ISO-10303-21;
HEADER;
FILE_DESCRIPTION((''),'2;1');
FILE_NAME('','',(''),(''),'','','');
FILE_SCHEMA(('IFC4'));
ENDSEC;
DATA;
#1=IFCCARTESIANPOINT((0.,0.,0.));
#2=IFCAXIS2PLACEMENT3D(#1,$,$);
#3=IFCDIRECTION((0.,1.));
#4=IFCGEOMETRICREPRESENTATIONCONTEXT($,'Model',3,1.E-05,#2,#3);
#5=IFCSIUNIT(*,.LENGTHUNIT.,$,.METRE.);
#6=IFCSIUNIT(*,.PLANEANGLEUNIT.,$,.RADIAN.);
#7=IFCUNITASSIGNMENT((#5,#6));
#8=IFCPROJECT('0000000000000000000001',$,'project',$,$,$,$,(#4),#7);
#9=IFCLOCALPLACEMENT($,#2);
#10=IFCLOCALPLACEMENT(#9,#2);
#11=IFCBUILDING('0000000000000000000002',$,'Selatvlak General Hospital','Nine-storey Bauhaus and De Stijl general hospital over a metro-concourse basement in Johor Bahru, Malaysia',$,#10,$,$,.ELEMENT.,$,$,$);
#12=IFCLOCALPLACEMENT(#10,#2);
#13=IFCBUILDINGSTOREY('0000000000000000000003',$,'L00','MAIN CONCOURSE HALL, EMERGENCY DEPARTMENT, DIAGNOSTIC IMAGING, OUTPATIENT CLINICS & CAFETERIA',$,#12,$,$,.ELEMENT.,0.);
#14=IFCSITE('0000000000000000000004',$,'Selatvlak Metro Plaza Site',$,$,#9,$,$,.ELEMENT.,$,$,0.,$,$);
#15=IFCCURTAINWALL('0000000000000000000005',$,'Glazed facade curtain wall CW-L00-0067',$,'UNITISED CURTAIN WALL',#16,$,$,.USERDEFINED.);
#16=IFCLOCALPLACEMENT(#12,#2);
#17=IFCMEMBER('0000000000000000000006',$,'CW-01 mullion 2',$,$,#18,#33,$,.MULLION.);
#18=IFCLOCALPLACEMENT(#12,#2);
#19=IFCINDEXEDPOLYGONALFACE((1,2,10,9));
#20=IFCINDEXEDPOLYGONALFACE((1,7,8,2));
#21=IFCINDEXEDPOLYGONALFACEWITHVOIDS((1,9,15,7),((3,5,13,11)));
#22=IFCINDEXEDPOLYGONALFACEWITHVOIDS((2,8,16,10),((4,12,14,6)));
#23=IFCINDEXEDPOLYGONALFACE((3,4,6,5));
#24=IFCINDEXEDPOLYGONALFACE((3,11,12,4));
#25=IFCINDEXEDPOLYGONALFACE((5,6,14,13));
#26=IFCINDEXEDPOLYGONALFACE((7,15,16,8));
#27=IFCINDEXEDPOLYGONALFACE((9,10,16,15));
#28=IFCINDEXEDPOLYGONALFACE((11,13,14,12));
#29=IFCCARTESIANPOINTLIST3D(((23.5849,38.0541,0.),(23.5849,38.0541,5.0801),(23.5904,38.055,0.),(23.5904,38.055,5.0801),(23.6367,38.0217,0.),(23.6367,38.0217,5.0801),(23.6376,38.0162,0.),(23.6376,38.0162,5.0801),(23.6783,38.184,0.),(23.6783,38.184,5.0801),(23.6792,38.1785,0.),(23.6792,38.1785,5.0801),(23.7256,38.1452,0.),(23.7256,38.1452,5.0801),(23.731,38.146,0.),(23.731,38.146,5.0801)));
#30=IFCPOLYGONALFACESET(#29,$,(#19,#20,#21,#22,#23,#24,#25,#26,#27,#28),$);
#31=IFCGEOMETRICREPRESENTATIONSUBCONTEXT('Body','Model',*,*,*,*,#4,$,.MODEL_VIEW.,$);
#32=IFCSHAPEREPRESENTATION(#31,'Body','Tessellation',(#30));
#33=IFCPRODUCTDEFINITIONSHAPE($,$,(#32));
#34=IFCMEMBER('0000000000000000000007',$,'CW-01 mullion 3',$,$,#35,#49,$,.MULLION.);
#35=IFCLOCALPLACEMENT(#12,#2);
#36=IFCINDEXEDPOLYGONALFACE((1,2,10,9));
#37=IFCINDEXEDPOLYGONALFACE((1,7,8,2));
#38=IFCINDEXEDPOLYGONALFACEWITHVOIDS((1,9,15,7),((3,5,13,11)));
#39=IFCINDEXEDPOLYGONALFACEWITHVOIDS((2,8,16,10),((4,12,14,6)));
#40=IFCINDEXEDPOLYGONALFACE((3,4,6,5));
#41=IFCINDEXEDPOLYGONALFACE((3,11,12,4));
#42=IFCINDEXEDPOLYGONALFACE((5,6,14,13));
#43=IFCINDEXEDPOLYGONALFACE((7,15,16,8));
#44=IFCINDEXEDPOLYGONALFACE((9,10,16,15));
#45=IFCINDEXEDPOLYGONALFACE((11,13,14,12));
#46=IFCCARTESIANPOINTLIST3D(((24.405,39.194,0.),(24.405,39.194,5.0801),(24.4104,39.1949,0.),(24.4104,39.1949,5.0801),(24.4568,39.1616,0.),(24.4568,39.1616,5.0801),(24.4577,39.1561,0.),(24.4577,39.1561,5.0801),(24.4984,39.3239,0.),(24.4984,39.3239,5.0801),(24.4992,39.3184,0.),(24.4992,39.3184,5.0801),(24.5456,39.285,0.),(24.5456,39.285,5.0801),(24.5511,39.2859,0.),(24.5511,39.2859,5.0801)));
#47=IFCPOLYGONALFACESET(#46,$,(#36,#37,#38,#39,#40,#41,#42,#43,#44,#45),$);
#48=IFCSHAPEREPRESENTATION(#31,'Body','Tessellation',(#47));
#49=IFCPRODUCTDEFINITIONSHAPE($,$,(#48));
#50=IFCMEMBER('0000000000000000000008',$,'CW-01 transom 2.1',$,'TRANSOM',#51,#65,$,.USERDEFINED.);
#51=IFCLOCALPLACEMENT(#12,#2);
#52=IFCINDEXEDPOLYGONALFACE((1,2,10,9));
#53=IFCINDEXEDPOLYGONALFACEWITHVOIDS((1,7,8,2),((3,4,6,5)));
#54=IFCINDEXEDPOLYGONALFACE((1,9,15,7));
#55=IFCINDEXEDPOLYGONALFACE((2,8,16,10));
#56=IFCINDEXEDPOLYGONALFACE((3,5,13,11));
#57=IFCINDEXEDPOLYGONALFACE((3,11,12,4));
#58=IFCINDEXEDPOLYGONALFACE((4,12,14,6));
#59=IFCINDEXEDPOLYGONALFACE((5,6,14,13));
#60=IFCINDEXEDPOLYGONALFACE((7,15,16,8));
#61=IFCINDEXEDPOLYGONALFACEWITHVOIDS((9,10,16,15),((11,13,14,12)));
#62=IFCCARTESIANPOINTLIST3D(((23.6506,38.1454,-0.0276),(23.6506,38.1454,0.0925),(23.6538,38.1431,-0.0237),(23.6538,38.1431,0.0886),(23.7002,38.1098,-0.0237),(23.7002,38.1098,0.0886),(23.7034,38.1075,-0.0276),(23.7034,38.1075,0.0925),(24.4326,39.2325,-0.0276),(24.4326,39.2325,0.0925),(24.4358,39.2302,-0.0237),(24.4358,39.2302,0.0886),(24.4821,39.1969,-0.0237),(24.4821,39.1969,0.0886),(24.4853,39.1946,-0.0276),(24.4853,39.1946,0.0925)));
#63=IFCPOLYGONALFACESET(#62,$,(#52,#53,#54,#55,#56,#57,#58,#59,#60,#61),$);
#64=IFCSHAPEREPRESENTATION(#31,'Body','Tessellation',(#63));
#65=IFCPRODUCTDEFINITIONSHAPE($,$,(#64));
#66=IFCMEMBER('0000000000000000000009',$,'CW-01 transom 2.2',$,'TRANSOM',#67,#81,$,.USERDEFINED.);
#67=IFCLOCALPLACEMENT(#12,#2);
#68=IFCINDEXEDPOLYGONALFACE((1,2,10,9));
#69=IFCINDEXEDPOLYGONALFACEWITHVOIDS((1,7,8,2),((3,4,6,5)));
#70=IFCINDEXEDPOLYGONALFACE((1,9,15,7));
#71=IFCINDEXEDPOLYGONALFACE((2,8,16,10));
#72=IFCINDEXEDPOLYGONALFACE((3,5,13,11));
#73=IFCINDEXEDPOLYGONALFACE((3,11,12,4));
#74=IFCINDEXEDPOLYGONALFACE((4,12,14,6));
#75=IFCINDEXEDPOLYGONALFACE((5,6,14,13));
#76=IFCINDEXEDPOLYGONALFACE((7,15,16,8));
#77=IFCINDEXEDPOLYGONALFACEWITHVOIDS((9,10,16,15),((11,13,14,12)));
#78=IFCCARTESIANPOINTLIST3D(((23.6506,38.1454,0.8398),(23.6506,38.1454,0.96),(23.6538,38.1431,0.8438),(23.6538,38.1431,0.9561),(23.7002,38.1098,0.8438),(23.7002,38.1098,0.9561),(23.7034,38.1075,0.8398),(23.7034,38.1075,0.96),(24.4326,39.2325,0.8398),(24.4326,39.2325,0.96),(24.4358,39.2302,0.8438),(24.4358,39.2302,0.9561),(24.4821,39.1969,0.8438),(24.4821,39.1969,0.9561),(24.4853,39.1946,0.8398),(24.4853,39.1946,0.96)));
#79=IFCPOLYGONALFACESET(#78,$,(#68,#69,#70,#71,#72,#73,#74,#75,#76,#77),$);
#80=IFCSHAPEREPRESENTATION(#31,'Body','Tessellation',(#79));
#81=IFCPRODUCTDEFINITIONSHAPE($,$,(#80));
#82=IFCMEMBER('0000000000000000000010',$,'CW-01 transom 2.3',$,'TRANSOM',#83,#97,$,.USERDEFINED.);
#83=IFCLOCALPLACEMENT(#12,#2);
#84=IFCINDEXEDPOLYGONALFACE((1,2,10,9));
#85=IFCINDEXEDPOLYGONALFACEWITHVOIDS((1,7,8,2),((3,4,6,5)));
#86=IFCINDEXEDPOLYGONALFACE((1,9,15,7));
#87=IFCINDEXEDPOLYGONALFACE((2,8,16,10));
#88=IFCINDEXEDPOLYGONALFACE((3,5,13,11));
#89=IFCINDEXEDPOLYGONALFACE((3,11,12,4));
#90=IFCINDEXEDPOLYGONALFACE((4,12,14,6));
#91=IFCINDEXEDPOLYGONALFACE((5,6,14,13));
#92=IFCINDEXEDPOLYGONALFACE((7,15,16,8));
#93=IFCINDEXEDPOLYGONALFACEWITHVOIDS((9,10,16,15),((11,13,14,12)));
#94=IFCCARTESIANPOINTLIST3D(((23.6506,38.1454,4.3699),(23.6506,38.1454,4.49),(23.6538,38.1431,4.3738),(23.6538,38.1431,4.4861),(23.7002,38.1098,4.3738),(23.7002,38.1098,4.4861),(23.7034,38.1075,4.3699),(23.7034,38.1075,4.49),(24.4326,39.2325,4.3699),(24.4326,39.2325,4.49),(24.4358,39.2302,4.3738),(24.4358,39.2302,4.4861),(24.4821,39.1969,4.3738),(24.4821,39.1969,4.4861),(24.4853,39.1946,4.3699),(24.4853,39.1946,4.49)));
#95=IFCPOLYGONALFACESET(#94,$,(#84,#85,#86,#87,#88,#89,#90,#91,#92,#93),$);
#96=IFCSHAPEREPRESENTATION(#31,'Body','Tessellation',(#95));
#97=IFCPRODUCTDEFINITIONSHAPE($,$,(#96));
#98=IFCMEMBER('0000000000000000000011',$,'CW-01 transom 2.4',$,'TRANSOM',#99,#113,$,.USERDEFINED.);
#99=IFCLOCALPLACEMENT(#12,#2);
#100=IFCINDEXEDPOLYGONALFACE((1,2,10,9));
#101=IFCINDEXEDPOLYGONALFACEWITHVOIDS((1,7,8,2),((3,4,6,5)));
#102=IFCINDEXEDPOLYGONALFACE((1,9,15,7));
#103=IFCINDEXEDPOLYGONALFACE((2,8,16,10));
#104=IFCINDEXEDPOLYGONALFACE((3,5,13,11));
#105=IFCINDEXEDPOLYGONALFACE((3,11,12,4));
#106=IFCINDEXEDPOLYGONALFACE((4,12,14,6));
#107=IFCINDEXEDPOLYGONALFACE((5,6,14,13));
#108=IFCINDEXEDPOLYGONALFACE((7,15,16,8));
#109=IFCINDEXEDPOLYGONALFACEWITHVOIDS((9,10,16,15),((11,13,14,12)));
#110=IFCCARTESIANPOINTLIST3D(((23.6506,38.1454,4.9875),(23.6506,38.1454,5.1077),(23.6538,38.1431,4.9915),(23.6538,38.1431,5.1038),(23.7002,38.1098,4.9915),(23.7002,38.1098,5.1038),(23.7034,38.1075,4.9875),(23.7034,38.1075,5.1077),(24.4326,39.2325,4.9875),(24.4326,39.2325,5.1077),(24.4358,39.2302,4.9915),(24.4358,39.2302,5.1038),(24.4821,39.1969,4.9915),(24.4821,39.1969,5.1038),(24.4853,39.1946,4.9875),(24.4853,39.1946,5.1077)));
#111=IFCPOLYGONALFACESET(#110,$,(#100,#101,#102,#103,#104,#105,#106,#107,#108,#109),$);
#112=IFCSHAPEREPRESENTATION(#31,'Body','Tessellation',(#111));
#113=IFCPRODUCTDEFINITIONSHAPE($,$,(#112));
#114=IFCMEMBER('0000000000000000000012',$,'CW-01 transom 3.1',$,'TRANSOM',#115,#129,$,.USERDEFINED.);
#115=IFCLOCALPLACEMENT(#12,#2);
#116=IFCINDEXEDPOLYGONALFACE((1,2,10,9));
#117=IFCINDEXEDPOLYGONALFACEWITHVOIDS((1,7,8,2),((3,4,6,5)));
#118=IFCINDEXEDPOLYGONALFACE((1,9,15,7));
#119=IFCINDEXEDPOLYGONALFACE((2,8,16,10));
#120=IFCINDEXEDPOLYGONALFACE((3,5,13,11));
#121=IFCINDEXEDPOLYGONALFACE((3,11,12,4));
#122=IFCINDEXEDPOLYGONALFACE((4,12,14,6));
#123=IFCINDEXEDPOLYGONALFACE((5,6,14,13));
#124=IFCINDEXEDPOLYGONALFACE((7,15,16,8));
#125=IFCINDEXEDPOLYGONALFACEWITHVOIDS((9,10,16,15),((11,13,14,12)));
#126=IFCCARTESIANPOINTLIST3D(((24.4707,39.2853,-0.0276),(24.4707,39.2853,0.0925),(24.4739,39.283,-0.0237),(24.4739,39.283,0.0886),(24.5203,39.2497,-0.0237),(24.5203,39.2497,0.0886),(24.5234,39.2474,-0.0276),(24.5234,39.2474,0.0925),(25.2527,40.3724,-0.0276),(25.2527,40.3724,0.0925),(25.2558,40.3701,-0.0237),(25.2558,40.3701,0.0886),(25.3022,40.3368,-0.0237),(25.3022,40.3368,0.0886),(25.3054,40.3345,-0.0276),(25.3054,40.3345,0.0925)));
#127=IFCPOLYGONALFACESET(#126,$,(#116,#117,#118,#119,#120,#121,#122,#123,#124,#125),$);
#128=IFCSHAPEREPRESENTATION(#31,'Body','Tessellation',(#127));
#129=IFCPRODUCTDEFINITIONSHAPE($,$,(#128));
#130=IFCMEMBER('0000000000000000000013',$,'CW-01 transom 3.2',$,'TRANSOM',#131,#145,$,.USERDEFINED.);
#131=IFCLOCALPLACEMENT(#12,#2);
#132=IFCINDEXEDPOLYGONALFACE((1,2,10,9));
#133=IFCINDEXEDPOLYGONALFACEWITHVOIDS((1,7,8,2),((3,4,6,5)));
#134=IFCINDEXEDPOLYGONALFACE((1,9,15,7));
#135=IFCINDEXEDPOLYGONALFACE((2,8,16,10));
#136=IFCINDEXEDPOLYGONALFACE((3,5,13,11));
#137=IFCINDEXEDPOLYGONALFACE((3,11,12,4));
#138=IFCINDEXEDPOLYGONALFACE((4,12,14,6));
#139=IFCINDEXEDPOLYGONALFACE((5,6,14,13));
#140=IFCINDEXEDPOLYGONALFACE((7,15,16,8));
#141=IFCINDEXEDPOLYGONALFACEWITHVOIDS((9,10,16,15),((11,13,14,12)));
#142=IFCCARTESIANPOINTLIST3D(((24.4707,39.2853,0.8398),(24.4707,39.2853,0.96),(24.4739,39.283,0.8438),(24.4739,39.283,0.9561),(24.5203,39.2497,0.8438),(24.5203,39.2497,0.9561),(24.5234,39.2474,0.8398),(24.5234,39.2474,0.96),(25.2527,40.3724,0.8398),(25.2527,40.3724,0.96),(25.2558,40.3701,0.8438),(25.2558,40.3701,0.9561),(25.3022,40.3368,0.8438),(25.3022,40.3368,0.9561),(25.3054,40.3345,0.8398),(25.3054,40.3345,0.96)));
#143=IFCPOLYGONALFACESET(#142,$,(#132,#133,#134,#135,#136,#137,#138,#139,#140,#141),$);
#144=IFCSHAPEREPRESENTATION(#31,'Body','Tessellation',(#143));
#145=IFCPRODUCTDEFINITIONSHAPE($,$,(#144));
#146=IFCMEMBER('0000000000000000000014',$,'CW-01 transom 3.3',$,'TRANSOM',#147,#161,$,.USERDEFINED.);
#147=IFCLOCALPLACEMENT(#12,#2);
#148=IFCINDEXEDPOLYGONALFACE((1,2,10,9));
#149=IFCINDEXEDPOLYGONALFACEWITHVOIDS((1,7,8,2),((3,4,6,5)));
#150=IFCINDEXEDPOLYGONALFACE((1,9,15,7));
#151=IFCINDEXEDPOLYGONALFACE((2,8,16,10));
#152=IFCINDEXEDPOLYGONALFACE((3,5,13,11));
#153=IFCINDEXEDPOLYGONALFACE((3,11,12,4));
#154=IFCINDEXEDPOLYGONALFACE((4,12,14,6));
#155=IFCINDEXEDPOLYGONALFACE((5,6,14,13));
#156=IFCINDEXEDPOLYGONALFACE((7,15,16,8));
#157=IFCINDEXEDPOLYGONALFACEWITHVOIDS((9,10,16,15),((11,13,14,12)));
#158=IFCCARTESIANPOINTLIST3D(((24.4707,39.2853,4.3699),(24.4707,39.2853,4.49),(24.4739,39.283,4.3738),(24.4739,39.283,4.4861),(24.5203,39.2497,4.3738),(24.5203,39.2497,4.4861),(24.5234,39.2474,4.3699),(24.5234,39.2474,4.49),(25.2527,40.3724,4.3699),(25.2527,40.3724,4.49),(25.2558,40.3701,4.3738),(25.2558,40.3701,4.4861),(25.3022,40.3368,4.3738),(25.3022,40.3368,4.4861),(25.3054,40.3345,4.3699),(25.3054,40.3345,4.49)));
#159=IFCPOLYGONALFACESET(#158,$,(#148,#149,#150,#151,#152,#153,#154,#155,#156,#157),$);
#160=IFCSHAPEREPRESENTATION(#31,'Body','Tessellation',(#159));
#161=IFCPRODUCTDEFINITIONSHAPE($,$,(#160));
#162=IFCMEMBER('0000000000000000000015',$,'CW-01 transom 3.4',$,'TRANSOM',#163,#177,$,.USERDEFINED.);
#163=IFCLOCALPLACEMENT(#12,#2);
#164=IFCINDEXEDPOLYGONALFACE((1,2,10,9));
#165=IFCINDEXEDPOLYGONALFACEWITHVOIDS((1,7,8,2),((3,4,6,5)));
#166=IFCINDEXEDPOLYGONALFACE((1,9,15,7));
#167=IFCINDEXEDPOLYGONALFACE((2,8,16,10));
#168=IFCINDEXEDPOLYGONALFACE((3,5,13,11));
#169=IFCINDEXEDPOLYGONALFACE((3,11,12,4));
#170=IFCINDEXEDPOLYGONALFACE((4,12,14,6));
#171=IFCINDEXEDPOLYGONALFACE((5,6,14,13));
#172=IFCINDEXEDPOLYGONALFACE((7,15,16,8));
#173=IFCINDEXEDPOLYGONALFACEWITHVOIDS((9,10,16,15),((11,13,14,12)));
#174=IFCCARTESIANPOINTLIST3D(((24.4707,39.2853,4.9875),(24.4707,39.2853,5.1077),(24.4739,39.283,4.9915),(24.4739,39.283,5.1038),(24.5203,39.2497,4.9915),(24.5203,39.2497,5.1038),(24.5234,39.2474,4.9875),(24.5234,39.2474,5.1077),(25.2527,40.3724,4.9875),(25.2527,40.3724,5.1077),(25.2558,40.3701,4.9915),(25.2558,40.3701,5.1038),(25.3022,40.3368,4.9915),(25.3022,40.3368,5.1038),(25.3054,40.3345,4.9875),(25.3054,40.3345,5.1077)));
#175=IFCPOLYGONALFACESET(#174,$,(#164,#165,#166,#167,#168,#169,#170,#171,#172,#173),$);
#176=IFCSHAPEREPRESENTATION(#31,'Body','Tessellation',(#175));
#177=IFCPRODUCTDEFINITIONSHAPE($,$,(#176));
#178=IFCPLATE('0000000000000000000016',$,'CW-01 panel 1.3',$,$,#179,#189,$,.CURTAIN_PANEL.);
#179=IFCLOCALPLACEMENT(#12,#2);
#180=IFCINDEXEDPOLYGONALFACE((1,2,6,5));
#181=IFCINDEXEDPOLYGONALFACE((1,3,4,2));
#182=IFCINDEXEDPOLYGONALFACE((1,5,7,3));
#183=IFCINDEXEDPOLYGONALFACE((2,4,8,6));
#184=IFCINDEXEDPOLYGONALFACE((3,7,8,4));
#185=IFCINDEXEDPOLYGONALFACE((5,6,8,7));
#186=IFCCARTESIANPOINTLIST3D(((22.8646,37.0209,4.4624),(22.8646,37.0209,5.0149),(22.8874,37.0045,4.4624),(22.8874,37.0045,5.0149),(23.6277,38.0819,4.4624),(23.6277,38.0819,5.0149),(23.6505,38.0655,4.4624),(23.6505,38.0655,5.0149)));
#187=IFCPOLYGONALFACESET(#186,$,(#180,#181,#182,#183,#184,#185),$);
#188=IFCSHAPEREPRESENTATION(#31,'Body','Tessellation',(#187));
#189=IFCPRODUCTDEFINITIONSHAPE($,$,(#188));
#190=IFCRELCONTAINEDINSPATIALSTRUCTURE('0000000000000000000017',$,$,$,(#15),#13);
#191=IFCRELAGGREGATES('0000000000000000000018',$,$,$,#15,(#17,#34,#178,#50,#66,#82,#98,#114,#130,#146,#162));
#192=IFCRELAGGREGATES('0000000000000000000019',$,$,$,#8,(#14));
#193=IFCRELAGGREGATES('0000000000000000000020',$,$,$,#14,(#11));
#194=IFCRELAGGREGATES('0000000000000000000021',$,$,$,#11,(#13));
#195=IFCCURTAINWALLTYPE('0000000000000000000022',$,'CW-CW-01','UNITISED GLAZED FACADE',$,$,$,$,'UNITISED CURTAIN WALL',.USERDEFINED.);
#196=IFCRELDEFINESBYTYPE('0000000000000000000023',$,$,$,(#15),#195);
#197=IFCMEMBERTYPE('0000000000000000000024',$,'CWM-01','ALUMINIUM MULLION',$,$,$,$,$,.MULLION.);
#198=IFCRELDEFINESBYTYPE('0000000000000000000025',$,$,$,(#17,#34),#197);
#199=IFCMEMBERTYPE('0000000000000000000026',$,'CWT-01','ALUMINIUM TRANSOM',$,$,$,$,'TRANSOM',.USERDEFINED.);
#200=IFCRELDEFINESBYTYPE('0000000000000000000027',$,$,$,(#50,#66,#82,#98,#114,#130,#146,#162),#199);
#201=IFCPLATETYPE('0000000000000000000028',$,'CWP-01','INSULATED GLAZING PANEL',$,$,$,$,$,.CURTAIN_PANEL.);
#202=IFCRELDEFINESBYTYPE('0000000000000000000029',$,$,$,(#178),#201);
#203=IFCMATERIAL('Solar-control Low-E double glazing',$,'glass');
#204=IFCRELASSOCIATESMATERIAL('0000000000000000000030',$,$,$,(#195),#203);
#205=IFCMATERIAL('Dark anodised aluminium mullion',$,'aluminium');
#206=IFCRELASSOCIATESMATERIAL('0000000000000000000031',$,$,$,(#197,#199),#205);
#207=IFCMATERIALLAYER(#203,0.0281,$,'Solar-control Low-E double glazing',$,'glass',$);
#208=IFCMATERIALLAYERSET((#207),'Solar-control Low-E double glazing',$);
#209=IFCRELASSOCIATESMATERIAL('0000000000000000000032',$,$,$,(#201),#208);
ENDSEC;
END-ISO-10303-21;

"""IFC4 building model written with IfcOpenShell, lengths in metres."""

from ifc_helpers import new_model, si_unit, direction, frame, origin, origin_2d, place, context, subcontext, project, spatial, rectangle, hollow_rectangle, extrude, material, layer, layer_set, material_profile, profile_set, type_object, element, aggregate, save


model = new_model("IFC4")

# Units and contexts
model_context = context("Model", 3, precision=1e-05, world=origin(), true_north=direction((0.0, 1.0)))
body_context = subcontext(model_context, "Body", "Model", "MODEL_VIEW")
ifc_project = project(units=[si_unit("LENGTHUNIT", "METRE"), si_unit("PLANEANGLEUNIT", "RADIAN")], contexts=[model_context])

# Site, building, storey
site_placement = place(None, origin())
site = spatial("IfcSite", under=ifc_project, at=site_placement, Name="Selatvlak Metro Plaza Site", CompositionType="ELEMENT", RefElevation=0.0)
building_placement = place(site_placement, origin())
building = spatial("IfcBuilding", under=site, at=building_placement, Name="Selatvlak General Hospital", Description="Nine-storey Bauhaus and De Stijl general hospital over a metro-concourse basement in Johor Bahru, Malaysia", CompositionType="ELEMENT")
storey_placement = place(building_placement, origin())
storey = spatial("IfcBuildingStorey", under=building, at=storey_placement, Name="L00", Description="MAIN CONCOURSE HALL, EMERGENCY DEPARTMENT, DIAGNOSTIC IMAGING, OUTPATIENT CLINICS & CAFETERIA", CompositionType="ELEMENT", Elevation=0.0)

# Curtain wall, members, plate
ifc_material_1 = material(Name="Solar-control Low-E double glazing", Category="glass")
curtain_wall_type = type_object("IfcCurtainWallType", Name="CW-CW-01", Description="UNITISED GLAZED FACADE", ElementType="UNITISED CURTAIN WALL", PredefinedType="USERDEFINED", material=ifc_material_1)
curtain_wall_placement = place(storey_placement, origin())
curtain_wall = element("IfcCurtainWall", 1, at=curtain_wall_placement, inside=storey, type_object=curtain_wall_type, Name="Glazed facade curtain wall CW-L00-0067", ObjectType="UNITISED CURTAIN WALL", PredefinedType="USERDEFINED")
ifc_material_2 = material(Name="Dark anodised aluminium mullion", Category="aluminium")
ifc_material_profile_1 = material_profile(ifc_material_2, hollow_rectangle(XDim=0.0649, YDim=0.1599, WallThickness=0.0039, at=origin_2d()), Name="AL-MUL 65x160x4")
ifc_profile_set_1 = profile_set([ifc_material_profile_1], Name="Dark anodised aluminium mullion")
member_type_1 = type_object("IfcMemberType", Name="CWM-01", Description="ALUMINIUM MULLION", PredefinedType="MULLION", material=ifc_profile_set_1)
member_1_placement = place(storey_placement, frame((23.658, 38.1001, 0.0), z_axis=(0.0, 0.0, 1.0), x_axis=(-0.811804, 0.583929, 0.0)))
member_1 = element("IfcMember", 2, at=member_1_placement, type_object=member_type_1, Name="CW-01 mullion 2", PredefinedType="MULLION", context=body_context, shape_type="SweptSolid", body=[
    extrude(hollow_rectangle(XDim=0.0649, YDim=0.1599, WallThickness=0.0039, at=origin_2d()), origin(), (0.0, 0.0, 1.0), 5.0801),
])
member_2_placement = place(storey_placement, frame((24.478, 39.24, 0.0), z_axis=(0.0, 0.0, 1.0), x_axis=(-0.811804, 0.583929, 0.0)))
member_2 = element("IfcMember", 3, at=member_2_placement, type_object=member_type_1, Name="CW-01 mullion 3", PredefinedType="MULLION", context=body_context, shape_type="SweptSolid", body=[
    extrude(hollow_rectangle(XDim=0.0649, YDim=0.1599, WallThickness=0.0039, at=origin_2d()), origin(), (0.0, 0.0, 1.0), 5.0801),
])
ifc_material_profile_2 = material_profile(ifc_material_2, hollow_rectangle(XDim=0.0649, YDim=0.1201, WallThickness=0.0039, at=origin_2d()), Name="AL-TRN 65x120x4")
ifc_profile_set_2 = profile_set([ifc_material_profile_2], Name="Dark anodised aluminium mullion")
member_type_2 = type_object("IfcMemberType", Name="CWT-01", Description="ALUMINIUM TRANSOM", ElementType="TRANSOM", PredefinedType="USERDEFINED", material=ifc_profile_set_2)
member_3_placement = place(storey_placement, frame((23.677, 38.1265, 0.0325), z_axis=(0.583925, 0.811807, 0.0), x_axis=(-0.811807, 0.583925, 0.0)))
member_3 = element("IfcMember", 4, at=member_3_placement, type_object=member_type_2, Name="CW-01 transom 2.1", ObjectType="TRANSOM", PredefinedType="USERDEFINED", context=body_context, shape_type="SweptSolid", body=[
    extrude(hollow_rectangle(XDim=0.0649, YDim=0.1201, WallThickness=0.0039, at=origin_2d()), origin(), (0.0, 0.0, 1.0), 1.3391),
])
member_4_placement = place(storey_placement, frame((23.677, 38.1265, 0.8999), z_axis=(0.583925, 0.811807, 0.0), x_axis=(-0.811807, 0.583925, 0.0)))
member_4 = element("IfcMember", 5, at=member_4_placement, type_object=member_type_2, Name="CW-01 transom 2.2", ObjectType="TRANSOM", PredefinedType="USERDEFINED", context=body_context, shape_type="SweptSolid", body=[
    extrude(hollow_rectangle(XDim=0.0649, YDim=0.1201, WallThickness=0.0039, at=origin_2d()), origin(), (0.0, 0.0, 1.0), 1.3391),
])
member_5_placement = place(storey_placement, frame((23.677, 38.1265, 4.4299), z_axis=(0.583925, 0.811807, 0.0), x_axis=(-0.811807, 0.583925, 0.0)))
member_5 = element("IfcMember", 6, at=member_5_placement, type_object=member_type_2, Name="CW-01 transom 2.3", ObjectType="TRANSOM", PredefinedType="USERDEFINED", context=body_context, shape_type="SweptSolid", body=[
    extrude(hollow_rectangle(XDim=0.0649, YDim=0.1201, WallThickness=0.0039, at=origin_2d()), origin(), (0.0, 0.0, 1.0), 1.3391),
])
member_6_placement = place(storey_placement, frame((23.677, 38.1265, 5.0476), z_axis=(0.583925, 0.811807, 0.0), x_axis=(-0.811807, 0.583925, 0.0)))
member_6 = element("IfcMember", 7, at=member_6_placement, type_object=member_type_2, Name="CW-01 transom 2.4", ObjectType="TRANSOM", PredefinedType="USERDEFINED", context=body_context, shape_type="SweptSolid", body=[
    extrude(hollow_rectangle(XDim=0.0649, YDim=0.1201, WallThickness=0.0039, at=origin_2d()), origin(), (0.0, 0.0, 1.0), 1.3391),
])
member_7_placement = place(storey_placement, frame((24.4971, 39.2664, 0.0325), z_axis=(0.583925, 0.811807, 0.0), x_axis=(-0.811807, 0.583925, 0.0)))
member_7 = element("IfcMember", 8, at=member_7_placement, type_object=member_type_2, Name="CW-01 transom 3.1", ObjectType="TRANSOM", PredefinedType="USERDEFINED", context=body_context, shape_type="SweptSolid", body=[
    extrude(hollow_rectangle(XDim=0.0649, YDim=0.1201, WallThickness=0.0039, at=origin_2d()), origin(), (0.0, 0.0, 1.0), 1.3391),
])
member_8_placement = place(storey_placement, frame((24.4971, 39.2664, 0.8999), z_axis=(0.583925, 0.811807, 0.0), x_axis=(-0.811807, 0.583925, 0.0)))
member_8 = element("IfcMember", 9, at=member_8_placement, type_object=member_type_2, Name="CW-01 transom 3.2", ObjectType="TRANSOM", PredefinedType="USERDEFINED", context=body_context, shape_type="SweptSolid", body=[
    extrude(hollow_rectangle(XDim=0.0649, YDim=0.1201, WallThickness=0.0039, at=origin_2d()), origin(), (0.0, 0.0, 1.0), 1.3391),
])
member_9_placement = place(storey_placement, frame((24.4971, 39.2664, 4.4299), z_axis=(0.583925, 0.811807, 0.0), x_axis=(-0.811807, 0.583925, 0.0)))
member_9 = element("IfcMember", 10, at=member_9_placement, type_object=member_type_2, Name="CW-01 transom 3.3", ObjectType="TRANSOM", PredefinedType="USERDEFINED", context=body_context, shape_type="SweptSolid", body=[
    extrude(hollow_rectangle(XDim=0.0649, YDim=0.1201, WallThickness=0.0039, at=origin_2d()), origin(), (0.0, 0.0, 1.0), 1.3391),
])
member_10_placement = place(storey_placement, frame((24.4971, 39.2664, 5.0476), z_axis=(0.583925, 0.811807, 0.0), x_axis=(-0.811807, 0.583925, 0.0)))
member_10 = element("IfcMember", 11, at=member_10_placement, type_object=member_type_2, Name="CW-01 transom 3.4", ObjectType="TRANSOM", PredefinedType="USERDEFINED", context=body_context, shape_type="SweptSolid", body=[
    extrude(hollow_rectangle(XDim=0.0649, YDim=0.1201, WallThickness=0.0039, at=origin_2d()), origin(), (0.0, 0.0, 1.0), 1.3391),
])
ifc_layer_1 = layer(ifc_material_1, 0.0281, Name="Solar-control Low-E double glazing", Category="glass")
ifc_layer_set_1 = layer_set([ifc_layer_1], Name="Solar-control Low-E double glazing")
plate_type = type_object("IfcPlateType", Name="CWP-01", Description="INSULATED GLAZING PANEL", PredefinedType="CURTAIN_PANEL", material=ifc_layer_set_1)
plate_1_placement = place(storey_placement, frame((23.2576, 37.5432, 4.4624), z_axis=(0.0, 0.0, 1.0), x_axis=(0.583929, 0.811804, 0.0)))
plate_1 = element("IfcPlate", 12, at=plate_1_placement, type_object=plate_type, Name="CW-01 panel 1.3", PredefinedType="CURTAIN_PANEL", context=body_context, shape_type="SweptSolid", body=[
    extrude(rectangle(XDim=1.3069, YDim=0.0281, at=origin_2d()), origin(), (0.0, 0.0, 1.0), 0.5525),
])
aggregate(curtain_wall, [member_1, member_2, plate_1, member_3, member_4, member_5, member_6, member_7, member_8, member_9, member_10])

save(model, "model.ifc")
